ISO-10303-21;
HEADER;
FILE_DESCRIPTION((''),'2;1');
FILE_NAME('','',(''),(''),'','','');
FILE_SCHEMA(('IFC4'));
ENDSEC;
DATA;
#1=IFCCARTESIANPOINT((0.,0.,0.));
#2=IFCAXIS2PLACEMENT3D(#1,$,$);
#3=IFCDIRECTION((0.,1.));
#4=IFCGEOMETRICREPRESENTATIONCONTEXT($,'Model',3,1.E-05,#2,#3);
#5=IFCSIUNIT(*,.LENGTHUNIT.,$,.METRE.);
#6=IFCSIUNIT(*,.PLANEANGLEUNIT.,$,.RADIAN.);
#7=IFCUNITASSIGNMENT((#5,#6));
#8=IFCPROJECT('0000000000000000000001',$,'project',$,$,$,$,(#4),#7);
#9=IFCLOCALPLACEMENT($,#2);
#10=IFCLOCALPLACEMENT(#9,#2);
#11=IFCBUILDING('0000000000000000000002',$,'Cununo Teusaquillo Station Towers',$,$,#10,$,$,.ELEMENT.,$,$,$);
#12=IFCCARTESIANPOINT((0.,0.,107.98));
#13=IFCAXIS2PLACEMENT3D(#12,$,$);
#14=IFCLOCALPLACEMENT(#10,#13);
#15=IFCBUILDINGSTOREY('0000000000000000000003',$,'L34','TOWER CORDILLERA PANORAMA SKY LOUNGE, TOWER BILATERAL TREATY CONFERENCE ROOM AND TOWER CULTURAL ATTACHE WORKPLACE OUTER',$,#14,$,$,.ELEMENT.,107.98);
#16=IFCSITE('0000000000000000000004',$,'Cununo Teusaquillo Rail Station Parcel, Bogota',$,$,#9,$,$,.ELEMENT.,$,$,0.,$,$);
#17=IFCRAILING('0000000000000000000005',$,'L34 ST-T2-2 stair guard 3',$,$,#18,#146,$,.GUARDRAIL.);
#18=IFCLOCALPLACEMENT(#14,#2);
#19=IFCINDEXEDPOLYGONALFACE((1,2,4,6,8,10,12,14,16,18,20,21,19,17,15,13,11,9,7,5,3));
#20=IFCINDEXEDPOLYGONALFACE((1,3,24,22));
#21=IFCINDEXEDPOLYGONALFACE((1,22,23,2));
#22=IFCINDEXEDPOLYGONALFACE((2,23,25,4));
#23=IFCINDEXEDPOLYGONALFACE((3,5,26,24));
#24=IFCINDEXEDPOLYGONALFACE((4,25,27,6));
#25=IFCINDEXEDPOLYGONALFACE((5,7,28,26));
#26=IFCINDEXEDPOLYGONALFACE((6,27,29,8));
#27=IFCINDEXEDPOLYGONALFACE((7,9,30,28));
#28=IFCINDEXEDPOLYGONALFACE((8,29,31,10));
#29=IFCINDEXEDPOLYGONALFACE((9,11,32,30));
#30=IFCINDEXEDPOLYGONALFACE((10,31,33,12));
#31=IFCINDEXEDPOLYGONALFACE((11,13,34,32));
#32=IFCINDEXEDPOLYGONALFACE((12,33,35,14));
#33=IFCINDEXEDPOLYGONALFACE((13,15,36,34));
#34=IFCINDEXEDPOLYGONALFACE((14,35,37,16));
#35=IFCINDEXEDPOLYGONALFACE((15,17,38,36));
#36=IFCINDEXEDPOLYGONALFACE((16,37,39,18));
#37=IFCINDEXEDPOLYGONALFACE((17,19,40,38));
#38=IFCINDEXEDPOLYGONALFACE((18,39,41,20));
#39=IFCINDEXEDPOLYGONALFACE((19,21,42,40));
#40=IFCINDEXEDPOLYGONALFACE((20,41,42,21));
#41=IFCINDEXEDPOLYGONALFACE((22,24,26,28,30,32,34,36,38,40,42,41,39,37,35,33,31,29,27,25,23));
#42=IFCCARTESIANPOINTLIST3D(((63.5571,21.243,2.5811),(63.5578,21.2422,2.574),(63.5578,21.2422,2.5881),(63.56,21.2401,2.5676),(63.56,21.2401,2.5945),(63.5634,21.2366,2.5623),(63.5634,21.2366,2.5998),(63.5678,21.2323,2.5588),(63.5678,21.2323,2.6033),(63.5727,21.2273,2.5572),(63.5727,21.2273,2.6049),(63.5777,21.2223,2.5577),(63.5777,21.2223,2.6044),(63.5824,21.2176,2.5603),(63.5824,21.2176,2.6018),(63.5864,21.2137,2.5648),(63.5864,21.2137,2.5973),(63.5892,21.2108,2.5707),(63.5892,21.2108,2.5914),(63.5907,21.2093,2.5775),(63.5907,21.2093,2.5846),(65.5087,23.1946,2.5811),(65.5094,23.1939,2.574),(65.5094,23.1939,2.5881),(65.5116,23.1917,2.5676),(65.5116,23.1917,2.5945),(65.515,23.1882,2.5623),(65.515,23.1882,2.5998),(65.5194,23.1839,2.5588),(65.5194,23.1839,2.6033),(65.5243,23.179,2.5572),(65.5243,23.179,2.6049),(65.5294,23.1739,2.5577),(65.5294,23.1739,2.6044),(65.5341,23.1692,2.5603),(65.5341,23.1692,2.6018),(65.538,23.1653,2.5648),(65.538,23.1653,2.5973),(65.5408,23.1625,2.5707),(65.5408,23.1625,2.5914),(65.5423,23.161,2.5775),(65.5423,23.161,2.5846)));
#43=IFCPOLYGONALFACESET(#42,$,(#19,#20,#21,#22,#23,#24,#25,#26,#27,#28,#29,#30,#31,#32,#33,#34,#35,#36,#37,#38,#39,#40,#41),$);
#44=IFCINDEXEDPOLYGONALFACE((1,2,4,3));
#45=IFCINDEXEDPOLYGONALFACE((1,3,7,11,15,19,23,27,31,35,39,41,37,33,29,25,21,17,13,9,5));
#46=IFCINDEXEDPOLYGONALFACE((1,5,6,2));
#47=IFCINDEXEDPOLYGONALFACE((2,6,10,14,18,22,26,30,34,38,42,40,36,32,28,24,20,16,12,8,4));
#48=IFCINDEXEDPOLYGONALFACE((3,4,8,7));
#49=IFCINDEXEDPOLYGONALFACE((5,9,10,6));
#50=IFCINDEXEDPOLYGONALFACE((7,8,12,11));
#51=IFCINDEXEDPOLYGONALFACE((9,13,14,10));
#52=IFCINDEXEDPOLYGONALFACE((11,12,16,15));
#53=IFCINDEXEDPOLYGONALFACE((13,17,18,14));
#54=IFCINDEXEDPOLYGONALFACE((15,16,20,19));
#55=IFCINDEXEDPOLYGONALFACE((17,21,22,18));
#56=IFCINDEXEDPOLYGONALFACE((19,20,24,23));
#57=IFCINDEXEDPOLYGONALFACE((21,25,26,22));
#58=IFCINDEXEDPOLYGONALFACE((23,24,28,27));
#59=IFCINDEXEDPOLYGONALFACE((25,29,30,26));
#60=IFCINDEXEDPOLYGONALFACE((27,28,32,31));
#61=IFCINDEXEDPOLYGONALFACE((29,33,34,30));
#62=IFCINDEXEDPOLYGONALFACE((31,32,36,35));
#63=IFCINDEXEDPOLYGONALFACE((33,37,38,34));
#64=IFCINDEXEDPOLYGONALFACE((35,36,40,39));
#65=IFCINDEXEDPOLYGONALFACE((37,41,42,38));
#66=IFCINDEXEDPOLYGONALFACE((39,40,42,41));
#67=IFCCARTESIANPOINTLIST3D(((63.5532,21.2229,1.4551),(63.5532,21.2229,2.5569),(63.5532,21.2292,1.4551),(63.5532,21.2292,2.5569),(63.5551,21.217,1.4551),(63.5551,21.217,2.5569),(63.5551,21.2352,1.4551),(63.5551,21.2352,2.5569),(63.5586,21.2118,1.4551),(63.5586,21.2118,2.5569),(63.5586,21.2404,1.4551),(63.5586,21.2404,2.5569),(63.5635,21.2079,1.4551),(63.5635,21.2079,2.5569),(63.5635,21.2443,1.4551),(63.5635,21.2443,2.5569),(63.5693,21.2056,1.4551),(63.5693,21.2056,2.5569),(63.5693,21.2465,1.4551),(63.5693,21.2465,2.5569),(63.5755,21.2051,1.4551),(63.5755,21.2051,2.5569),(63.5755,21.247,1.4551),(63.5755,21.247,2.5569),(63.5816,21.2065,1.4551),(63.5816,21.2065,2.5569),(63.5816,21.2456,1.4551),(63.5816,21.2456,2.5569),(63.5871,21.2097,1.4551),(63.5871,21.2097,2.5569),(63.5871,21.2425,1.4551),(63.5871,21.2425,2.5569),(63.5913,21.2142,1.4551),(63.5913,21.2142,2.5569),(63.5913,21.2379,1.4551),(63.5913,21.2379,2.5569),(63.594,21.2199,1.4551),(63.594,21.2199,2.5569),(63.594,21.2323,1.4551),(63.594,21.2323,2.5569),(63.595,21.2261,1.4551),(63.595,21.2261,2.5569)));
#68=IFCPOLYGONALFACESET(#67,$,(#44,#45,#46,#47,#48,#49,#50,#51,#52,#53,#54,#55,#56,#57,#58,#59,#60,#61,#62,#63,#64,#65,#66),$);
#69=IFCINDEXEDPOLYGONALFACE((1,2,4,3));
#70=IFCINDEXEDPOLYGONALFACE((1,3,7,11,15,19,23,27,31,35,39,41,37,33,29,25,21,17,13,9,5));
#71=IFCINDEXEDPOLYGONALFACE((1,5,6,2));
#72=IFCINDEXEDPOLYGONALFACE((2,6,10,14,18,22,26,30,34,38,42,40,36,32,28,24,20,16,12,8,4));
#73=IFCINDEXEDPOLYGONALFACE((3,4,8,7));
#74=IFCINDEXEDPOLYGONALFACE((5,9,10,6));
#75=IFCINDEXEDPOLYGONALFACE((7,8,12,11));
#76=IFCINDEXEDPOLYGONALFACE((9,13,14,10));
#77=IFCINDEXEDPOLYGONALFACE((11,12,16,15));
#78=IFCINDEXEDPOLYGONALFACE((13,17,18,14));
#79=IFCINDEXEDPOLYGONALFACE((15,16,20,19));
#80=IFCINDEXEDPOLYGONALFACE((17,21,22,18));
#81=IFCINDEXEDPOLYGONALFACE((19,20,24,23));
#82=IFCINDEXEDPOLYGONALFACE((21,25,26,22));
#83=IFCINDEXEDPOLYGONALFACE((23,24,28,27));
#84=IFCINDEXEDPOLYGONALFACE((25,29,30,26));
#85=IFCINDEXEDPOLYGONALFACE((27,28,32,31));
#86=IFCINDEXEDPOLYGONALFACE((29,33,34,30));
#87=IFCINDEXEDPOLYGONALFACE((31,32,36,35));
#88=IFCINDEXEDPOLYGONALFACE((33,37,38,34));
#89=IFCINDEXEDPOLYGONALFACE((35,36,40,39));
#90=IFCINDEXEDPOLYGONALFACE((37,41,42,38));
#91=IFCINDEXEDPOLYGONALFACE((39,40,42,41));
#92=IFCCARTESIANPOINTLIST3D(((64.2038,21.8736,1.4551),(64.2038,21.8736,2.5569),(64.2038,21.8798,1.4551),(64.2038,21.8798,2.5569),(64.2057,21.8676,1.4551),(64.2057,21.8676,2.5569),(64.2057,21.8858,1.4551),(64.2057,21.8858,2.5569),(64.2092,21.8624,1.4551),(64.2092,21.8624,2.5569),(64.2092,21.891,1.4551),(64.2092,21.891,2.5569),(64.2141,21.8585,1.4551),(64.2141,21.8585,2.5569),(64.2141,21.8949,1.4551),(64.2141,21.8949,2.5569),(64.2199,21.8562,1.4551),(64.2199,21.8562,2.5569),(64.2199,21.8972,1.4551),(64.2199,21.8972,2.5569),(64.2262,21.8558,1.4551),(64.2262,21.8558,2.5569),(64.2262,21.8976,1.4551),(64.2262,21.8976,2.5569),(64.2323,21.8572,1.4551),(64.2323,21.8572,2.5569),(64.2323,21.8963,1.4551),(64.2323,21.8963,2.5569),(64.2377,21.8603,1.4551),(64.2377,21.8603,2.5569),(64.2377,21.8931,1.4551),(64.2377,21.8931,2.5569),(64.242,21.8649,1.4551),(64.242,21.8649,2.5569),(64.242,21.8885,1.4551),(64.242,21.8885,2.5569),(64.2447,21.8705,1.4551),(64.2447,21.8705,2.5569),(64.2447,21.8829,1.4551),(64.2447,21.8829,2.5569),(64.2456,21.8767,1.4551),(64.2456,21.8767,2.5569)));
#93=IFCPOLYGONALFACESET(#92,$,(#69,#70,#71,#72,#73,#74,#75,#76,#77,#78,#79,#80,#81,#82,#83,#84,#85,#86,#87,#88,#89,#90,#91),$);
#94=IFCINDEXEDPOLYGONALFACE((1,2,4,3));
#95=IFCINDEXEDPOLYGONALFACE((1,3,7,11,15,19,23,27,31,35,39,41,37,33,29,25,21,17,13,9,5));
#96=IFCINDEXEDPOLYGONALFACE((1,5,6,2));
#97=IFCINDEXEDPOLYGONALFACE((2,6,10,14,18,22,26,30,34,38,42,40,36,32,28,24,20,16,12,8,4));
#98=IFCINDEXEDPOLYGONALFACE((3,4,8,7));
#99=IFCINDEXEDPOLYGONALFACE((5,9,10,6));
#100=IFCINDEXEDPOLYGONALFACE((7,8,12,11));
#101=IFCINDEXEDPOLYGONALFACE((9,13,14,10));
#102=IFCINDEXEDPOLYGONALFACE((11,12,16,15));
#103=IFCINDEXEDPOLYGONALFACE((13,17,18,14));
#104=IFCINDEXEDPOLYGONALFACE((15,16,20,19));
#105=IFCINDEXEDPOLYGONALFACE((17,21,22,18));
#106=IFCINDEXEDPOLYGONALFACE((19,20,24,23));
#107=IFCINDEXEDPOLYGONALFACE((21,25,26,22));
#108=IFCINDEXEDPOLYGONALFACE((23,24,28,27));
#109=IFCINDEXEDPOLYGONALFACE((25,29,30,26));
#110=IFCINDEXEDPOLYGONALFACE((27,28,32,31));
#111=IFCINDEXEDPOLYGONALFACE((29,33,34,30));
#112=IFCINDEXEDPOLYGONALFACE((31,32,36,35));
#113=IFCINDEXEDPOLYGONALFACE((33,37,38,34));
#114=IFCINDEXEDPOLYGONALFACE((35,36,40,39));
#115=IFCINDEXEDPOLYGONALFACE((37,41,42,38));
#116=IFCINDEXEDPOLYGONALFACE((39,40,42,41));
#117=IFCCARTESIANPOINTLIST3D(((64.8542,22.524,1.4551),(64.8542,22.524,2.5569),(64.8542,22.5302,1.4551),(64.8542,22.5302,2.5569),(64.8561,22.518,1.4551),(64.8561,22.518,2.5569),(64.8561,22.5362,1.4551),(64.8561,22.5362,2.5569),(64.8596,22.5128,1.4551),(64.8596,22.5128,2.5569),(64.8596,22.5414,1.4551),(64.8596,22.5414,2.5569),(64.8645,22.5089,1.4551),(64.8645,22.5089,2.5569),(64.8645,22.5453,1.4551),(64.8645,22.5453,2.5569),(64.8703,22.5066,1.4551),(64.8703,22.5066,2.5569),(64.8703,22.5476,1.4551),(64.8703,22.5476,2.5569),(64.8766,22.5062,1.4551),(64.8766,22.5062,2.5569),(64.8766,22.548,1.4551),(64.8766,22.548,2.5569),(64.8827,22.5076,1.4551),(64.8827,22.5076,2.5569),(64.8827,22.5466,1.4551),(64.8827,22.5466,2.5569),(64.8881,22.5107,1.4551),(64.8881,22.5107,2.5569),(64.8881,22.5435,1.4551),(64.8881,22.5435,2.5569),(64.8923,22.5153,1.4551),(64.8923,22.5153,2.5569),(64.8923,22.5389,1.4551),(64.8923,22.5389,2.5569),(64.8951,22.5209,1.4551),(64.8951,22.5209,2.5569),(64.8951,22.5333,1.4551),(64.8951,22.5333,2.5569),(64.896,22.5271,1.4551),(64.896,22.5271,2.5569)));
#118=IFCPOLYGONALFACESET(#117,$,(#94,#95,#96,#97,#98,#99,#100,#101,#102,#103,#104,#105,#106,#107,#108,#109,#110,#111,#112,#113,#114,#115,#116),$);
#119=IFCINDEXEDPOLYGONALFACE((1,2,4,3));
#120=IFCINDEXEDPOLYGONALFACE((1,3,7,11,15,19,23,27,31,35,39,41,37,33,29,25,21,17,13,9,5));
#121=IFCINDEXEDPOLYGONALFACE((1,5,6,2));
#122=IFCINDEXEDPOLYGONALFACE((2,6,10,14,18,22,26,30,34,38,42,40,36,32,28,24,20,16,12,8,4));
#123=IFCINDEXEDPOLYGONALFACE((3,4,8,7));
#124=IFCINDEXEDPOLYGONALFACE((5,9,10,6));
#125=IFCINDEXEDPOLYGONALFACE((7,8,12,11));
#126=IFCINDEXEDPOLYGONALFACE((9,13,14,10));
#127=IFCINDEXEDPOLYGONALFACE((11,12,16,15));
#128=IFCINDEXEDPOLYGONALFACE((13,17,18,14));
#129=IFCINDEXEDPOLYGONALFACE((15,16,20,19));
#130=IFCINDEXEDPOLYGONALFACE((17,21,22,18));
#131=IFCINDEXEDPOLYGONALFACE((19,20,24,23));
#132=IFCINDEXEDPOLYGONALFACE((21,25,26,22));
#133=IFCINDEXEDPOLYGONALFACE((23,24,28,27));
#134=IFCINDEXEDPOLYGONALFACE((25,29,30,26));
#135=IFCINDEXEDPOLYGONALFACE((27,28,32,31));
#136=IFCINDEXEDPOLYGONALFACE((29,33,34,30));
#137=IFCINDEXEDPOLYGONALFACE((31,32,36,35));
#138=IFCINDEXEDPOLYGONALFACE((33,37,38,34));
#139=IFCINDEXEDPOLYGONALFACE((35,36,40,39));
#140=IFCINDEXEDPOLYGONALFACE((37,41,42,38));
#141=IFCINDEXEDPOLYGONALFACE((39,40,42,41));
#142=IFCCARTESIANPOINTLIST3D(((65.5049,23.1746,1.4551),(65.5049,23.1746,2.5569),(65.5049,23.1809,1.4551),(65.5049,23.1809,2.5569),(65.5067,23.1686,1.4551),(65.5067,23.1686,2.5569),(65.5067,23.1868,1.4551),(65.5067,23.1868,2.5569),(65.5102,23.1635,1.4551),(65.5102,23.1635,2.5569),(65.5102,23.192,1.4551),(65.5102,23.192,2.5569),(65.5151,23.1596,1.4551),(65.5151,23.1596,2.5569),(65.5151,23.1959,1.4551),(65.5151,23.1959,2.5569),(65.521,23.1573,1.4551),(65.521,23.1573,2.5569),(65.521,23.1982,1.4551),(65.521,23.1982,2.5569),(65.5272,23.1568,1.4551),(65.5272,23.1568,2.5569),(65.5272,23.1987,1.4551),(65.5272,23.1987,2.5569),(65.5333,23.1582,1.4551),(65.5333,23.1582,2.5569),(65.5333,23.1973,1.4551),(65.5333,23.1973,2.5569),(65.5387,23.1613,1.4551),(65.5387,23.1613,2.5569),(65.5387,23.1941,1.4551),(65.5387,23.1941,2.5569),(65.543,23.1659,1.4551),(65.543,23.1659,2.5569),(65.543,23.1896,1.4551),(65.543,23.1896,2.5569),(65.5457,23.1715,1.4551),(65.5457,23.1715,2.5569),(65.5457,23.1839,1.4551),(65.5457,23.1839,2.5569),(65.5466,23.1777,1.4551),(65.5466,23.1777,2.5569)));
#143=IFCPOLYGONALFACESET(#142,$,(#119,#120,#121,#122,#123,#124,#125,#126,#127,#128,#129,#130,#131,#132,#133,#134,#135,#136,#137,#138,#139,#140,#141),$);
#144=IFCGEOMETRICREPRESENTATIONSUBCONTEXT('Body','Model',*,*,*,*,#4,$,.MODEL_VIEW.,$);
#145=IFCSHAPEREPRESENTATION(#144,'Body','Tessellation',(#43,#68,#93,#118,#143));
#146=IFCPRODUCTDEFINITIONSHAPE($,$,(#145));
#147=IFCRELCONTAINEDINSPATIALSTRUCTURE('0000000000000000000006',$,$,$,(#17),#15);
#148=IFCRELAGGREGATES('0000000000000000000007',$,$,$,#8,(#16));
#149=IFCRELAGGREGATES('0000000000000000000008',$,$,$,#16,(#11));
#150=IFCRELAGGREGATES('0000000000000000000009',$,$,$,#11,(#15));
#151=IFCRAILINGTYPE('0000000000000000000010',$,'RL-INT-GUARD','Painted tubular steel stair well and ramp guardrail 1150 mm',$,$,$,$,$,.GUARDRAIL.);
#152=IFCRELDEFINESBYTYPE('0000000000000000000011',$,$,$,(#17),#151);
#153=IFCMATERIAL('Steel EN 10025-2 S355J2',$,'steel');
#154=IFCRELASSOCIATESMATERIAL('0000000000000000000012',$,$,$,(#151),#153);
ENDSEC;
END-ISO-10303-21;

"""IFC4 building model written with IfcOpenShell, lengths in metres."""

from ifc_helpers import new_model, si_unit, direction, frame, origin, origin_2d, place, context, subcontext, project, spatial, circle, extrude, material, type_object, element, save


model = new_model("IFC4")

# Units and contexts
model_context = context("Model", 3, precision=1e-05, world=origin(), true_north=direction((0.0, 1.0)))
body_context = subcontext(model_context, "Body", "Model", "MODEL_VIEW")
ifc_project = project(units=[si_unit("LENGTHUNIT", "METRE"), si_unit("PLANEANGLEUNIT", "RADIAN")], contexts=[model_context])

# Site, building, storey
site_placement = place(None, origin())
site = spatial("IfcSite", under=ifc_project, at=site_placement, Name="Cununo Teusaquillo Rail Station Parcel, Bogota", CompositionType="ELEMENT", RefElevation=0.0)
building_placement = place(site_placement, origin())
building = spatial("IfcBuilding", under=site, at=building_placement, Name="Cununo Teusaquillo Station Towers", CompositionType="ELEMENT")
storey_placement = place(building_placement, frame((0.0, 0.0, 107.98)))
storey = spatial("IfcBuildingStorey", under=building, at=storey_placement, Name="L34", Description="TOWER CORDILLERA PANORAMA SKY LOUNGE, TOWER BILATERAL TREATY CONFERENCE ROOM AND TOWER CULTURAL ATTACHE WORKPLACE OUTER", CompositionType="ELEMENT", Elevation=107.98)

# Railing
ifc_material_1 = material(Name="Steel EN 10025-2 S355J2", Category="steel")
railing_type = type_object("IfcRailingType", Name="RL-INT-GUARD", Description="Painted tubular steel stair well and ramp guardrail 1150 mm", PredefinedType="GUARDRAIL", material=ifc_material_1)
railing_1_placement = place(storey_placement, frame((63.574, 21.2261, 1.4551)))
element("IfcRailing", 1, at=railing_1_placement, inside=storey, type_object=railing_type, Name="L34 ST-T2-2 stair guard 3", PredefinedType="GUARDRAIL", context=body_context, shape_type="SweptSolid", body=[
    extrude(circle(Radius=0.0239, at=origin_2d()), frame((0.0, 0.0, 1.126), z_axis=(0.707107, 0.707107, 0.0), x_axis=(-0.707107, 0.707107, 0.0)), (0.0, 0.0, 1.0), 2.76),
    extrude(circle(Radius=0.021, at=origin_2d()), origin(), (0.0, 0.0, 1.0), 1.1018),
    extrude(circle(Radius=0.021, at=origin_2d()), frame((0.6506, 0.6506, 0.0)), (0.0, 0.0, 1.0), 1.1018),
    extrude(circle(Radius=0.021, at=origin_2d()), frame((1.301, 1.301, 0.0)), (0.0, 0.0, 1.0), 1.1018),
    extrude(circle(Radius=0.021, at=origin_2d()), frame((1.9517, 1.9517, 0.0)), (0.0, 0.0, 1.0), 1.1018),
])

save(model, "model.ifc")
